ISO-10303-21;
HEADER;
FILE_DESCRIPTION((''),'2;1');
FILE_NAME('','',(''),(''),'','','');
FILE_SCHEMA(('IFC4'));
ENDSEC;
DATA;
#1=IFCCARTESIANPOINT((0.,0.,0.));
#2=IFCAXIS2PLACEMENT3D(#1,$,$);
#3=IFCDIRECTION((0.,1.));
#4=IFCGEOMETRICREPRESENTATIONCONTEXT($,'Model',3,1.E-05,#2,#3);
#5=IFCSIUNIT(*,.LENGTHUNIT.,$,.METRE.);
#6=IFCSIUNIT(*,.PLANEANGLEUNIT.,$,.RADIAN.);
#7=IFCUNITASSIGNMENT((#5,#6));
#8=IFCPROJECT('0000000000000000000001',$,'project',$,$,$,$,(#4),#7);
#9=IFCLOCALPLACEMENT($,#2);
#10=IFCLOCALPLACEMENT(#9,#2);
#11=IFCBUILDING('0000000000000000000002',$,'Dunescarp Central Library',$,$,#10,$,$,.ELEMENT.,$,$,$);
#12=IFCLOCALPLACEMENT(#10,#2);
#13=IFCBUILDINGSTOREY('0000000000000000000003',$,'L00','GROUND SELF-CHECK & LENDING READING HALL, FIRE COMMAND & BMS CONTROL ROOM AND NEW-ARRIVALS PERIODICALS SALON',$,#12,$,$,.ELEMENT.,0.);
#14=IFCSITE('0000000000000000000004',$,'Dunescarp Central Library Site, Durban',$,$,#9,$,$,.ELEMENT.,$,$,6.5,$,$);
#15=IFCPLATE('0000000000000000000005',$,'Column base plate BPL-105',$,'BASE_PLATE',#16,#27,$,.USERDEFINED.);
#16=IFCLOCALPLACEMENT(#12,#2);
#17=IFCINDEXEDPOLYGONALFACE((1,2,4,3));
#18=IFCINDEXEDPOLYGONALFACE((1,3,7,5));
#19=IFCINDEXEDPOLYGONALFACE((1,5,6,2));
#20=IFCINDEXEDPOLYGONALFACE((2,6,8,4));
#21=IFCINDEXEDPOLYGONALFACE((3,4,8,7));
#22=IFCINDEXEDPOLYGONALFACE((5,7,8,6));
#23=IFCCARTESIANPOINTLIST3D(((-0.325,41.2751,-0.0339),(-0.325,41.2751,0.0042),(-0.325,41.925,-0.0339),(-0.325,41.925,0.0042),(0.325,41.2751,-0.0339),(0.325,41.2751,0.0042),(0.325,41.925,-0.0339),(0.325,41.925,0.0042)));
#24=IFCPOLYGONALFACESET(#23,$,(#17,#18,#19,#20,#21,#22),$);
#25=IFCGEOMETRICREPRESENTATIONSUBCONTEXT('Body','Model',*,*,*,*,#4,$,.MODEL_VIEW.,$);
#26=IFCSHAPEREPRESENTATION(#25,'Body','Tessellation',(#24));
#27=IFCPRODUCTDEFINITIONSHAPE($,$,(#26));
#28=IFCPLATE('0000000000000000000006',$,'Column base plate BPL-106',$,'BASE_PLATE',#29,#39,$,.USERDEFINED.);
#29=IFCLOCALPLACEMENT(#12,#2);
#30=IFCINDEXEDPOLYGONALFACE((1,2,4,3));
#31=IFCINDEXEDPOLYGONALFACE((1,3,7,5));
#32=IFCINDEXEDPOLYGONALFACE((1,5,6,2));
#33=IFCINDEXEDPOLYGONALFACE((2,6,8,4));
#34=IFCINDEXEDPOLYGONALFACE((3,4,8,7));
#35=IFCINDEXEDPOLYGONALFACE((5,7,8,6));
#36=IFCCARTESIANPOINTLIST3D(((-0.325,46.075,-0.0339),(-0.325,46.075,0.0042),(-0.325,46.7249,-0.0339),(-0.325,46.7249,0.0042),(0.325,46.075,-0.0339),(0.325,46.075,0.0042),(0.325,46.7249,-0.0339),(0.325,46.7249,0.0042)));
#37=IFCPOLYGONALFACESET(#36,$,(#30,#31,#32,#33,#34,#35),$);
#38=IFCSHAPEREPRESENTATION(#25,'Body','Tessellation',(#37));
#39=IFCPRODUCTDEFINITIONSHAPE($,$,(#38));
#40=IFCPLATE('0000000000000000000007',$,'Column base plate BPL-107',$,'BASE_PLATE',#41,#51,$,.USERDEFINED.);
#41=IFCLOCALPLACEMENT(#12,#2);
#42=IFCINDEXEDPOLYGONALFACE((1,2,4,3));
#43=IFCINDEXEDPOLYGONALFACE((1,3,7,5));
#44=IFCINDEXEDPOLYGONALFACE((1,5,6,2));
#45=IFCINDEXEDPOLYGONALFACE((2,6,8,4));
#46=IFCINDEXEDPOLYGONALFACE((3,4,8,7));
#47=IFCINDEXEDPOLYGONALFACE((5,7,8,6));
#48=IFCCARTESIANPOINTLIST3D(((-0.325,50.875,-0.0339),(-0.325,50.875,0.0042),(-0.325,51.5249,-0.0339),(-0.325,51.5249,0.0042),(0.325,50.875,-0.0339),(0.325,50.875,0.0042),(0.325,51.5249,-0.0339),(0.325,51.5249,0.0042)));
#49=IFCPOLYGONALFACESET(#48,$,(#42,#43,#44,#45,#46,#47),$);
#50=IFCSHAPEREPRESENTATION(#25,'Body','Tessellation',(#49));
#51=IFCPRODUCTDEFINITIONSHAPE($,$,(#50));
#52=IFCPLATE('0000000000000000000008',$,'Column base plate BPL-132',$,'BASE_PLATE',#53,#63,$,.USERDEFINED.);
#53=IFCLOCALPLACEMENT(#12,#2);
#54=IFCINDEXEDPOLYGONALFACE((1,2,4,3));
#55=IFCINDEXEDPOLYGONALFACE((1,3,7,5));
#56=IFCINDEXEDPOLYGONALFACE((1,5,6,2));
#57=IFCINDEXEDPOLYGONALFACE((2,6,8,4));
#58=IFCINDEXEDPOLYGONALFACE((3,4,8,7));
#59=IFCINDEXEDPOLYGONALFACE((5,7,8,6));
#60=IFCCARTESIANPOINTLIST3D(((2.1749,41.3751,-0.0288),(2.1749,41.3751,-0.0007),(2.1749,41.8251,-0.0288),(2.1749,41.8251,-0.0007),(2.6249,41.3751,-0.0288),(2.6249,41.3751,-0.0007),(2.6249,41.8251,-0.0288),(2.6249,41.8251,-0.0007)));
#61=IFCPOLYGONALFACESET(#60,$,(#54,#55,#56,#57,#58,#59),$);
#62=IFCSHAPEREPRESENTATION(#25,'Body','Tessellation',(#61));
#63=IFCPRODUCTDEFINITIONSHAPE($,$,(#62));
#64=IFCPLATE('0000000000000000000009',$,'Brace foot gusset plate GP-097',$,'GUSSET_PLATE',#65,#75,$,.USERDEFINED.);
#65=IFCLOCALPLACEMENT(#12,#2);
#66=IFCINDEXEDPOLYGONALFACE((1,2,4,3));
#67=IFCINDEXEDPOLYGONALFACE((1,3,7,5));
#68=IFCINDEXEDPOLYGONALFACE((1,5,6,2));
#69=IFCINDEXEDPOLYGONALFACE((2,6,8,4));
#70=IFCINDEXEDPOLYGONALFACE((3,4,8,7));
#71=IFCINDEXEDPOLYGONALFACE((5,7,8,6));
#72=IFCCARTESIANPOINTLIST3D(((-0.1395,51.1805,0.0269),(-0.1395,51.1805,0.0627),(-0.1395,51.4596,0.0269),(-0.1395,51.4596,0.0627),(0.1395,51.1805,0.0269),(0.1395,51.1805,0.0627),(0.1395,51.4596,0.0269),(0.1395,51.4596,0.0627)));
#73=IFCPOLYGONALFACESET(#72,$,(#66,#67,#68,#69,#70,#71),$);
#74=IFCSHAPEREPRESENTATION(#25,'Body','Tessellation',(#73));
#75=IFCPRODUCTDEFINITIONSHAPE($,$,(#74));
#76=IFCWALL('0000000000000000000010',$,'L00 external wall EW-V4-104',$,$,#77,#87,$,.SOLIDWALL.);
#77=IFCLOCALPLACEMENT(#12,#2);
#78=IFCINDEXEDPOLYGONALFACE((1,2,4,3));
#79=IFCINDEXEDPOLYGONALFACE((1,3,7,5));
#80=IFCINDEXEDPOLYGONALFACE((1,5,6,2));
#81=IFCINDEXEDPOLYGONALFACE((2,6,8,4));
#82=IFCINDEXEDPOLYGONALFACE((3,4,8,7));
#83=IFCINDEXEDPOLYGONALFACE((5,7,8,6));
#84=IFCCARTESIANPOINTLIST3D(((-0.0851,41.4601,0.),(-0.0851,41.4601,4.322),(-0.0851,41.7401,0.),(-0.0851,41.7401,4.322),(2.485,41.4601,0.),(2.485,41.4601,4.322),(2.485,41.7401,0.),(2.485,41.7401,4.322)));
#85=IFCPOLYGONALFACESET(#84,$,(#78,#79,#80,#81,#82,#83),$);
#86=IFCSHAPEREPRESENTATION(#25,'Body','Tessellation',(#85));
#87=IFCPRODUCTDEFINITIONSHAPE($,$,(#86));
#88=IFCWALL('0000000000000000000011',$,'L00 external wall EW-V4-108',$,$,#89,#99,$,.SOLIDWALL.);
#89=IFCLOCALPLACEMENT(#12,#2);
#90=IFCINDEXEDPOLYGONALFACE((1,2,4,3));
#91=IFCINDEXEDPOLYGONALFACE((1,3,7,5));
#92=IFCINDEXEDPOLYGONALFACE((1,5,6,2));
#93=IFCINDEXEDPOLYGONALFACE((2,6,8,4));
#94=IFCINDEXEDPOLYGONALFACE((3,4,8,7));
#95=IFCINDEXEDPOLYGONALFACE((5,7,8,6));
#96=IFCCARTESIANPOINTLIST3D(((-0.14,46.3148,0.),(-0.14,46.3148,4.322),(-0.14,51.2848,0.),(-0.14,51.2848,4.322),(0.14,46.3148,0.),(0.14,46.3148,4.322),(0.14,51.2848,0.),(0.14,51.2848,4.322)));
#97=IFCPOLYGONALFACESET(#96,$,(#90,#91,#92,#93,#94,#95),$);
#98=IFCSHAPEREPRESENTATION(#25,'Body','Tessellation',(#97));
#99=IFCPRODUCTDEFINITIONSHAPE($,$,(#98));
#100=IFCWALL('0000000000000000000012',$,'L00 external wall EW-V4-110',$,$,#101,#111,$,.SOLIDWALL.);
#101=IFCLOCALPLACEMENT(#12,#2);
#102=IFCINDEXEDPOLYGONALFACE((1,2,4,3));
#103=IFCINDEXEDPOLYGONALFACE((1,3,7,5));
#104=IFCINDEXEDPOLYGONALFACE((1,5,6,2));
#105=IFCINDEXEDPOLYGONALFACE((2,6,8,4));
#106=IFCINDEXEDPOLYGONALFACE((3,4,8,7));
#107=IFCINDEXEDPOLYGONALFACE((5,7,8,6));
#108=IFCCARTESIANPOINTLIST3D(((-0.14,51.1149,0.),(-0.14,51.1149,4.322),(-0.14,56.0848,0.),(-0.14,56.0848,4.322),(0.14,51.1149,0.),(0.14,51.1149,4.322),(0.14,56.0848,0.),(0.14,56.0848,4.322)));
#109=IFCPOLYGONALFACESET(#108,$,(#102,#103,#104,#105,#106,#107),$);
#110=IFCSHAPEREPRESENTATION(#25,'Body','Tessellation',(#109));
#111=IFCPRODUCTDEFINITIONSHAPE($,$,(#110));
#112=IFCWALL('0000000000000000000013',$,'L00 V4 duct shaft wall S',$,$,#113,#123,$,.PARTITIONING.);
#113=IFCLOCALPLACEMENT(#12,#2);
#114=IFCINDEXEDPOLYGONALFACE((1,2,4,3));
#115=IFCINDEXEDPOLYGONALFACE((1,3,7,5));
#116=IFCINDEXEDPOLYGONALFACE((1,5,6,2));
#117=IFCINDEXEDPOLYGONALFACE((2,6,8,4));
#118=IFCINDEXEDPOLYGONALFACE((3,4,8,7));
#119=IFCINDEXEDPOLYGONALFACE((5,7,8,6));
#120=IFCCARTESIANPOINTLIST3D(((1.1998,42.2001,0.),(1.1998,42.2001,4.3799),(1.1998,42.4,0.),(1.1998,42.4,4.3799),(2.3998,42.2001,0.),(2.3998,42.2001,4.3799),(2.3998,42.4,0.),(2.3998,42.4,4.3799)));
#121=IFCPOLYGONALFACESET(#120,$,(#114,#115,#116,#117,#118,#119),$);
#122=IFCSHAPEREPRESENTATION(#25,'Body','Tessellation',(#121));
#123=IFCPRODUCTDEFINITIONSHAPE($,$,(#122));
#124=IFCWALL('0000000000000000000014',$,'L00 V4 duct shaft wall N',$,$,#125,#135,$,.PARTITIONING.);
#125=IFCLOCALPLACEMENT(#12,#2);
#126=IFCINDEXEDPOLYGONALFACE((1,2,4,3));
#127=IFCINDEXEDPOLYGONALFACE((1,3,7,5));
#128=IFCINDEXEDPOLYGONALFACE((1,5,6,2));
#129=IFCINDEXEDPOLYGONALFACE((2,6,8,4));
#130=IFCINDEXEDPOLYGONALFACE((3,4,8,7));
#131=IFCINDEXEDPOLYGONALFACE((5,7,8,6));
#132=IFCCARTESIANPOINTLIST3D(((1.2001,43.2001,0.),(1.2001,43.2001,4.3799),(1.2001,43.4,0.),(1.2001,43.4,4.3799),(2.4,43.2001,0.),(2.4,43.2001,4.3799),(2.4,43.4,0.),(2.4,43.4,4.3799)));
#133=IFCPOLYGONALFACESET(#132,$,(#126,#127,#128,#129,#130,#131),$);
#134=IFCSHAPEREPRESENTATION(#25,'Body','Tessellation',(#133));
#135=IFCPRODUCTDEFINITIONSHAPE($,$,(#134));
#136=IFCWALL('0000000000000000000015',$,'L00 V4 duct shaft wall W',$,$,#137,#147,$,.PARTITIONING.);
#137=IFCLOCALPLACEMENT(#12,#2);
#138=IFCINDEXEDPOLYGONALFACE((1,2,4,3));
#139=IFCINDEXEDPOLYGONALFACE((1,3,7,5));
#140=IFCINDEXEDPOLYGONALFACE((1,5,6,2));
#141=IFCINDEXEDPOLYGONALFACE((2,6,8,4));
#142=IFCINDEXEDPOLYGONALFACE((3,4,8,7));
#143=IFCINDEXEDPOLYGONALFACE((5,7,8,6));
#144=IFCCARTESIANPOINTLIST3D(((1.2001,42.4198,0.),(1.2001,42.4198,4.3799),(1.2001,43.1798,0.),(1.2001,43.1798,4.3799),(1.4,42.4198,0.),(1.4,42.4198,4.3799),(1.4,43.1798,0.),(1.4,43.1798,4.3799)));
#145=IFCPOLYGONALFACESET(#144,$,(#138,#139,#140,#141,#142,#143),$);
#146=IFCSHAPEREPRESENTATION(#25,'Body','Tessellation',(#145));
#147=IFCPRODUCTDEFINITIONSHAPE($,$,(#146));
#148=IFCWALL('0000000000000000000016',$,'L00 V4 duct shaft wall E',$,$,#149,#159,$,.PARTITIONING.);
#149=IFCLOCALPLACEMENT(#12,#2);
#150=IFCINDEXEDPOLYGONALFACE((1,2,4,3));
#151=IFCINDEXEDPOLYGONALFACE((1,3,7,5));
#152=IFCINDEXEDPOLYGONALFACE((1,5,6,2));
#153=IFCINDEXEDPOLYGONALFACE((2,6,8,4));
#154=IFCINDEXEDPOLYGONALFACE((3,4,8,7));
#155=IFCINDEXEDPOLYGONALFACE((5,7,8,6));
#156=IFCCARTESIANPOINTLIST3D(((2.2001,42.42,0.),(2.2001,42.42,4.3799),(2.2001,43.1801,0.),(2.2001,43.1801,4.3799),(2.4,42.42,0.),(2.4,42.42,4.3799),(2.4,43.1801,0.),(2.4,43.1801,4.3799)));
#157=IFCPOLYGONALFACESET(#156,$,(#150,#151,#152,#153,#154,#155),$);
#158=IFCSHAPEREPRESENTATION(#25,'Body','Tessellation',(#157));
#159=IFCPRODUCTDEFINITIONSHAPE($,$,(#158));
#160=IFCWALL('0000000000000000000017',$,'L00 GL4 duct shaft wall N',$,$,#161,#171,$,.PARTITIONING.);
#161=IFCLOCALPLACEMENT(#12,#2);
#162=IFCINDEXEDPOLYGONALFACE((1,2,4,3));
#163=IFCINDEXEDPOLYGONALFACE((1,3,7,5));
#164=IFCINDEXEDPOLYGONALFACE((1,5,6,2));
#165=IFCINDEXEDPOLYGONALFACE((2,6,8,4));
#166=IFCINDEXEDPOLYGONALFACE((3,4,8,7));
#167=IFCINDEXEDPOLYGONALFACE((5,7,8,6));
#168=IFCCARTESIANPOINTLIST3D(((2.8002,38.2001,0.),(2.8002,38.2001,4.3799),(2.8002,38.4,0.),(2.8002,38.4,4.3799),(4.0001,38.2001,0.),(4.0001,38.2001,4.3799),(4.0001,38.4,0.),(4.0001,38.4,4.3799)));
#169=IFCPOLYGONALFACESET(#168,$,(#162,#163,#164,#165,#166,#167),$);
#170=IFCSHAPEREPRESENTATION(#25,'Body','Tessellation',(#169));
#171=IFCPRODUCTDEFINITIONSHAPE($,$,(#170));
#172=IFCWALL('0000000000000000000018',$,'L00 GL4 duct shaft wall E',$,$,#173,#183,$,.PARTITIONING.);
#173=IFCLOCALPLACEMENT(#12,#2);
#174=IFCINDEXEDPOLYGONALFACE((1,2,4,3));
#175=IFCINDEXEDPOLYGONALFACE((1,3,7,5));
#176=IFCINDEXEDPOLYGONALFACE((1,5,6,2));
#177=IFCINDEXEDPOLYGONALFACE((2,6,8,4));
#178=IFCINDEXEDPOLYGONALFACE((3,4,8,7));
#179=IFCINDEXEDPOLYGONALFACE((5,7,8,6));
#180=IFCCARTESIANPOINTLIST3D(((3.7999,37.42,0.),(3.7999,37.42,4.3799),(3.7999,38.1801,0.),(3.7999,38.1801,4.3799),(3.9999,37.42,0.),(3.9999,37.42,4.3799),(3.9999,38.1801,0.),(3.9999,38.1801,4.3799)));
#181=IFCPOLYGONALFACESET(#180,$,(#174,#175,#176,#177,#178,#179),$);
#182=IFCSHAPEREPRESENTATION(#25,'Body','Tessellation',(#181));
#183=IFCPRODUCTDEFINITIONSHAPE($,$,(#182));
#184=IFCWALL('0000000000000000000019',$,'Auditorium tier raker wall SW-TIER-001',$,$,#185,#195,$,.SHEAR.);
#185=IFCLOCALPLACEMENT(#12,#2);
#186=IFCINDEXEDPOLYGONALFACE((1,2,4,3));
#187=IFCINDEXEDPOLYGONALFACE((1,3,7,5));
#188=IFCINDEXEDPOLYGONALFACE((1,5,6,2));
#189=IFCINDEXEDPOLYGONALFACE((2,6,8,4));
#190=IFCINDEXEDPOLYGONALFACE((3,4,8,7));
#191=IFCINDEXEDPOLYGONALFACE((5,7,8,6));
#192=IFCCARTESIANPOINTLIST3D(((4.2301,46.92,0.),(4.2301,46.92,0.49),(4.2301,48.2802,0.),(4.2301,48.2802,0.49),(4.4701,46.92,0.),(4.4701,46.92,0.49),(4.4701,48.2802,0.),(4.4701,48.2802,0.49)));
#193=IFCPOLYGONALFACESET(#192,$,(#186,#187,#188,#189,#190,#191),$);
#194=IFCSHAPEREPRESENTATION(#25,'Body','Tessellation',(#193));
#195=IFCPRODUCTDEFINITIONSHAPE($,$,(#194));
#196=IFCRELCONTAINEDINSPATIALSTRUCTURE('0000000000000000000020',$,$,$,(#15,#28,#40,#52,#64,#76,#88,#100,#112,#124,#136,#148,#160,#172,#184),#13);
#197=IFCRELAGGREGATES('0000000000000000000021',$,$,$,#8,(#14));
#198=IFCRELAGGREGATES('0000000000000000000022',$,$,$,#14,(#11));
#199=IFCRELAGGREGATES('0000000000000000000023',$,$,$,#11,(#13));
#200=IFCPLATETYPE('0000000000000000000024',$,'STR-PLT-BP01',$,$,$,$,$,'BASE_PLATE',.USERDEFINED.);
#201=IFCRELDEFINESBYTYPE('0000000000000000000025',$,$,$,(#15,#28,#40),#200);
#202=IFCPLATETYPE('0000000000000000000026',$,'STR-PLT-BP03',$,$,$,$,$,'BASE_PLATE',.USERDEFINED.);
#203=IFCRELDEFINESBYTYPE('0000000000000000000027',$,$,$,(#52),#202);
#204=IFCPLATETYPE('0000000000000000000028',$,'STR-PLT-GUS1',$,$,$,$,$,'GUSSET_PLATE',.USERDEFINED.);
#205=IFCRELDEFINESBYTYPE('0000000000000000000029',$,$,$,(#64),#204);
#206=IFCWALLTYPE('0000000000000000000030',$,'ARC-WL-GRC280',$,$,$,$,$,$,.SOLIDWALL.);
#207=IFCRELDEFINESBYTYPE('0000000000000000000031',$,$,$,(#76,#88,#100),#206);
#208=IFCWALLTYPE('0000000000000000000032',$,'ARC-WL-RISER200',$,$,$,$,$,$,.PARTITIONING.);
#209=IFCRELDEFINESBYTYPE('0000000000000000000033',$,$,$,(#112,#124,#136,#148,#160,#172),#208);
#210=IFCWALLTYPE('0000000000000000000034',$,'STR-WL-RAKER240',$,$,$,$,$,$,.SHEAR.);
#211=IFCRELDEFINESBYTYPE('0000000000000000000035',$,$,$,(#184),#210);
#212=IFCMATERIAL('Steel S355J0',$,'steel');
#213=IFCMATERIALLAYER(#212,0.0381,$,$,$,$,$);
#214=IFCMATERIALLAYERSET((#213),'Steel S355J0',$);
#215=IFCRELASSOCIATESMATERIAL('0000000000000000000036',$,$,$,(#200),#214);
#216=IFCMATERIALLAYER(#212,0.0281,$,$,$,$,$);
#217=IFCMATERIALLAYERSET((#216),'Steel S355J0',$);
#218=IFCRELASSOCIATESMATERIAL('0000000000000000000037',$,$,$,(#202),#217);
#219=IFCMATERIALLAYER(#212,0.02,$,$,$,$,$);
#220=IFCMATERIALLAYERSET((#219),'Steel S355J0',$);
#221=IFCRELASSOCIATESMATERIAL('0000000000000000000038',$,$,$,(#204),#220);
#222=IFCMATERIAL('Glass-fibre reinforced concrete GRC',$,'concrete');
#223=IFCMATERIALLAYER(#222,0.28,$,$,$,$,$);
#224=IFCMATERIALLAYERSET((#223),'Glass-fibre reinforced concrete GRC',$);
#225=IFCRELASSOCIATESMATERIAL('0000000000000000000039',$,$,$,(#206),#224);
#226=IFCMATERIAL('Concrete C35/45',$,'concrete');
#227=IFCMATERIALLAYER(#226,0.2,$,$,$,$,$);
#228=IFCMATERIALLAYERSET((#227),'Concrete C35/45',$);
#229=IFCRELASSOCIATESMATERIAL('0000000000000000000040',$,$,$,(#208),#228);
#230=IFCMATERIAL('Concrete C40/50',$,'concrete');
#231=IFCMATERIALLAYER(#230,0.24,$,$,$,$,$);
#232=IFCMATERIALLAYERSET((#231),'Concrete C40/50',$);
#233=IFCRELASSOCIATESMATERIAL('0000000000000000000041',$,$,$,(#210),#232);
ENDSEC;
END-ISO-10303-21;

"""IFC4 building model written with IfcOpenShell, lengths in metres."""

from ifc_helpers import new_model, si_unit, direction, frame, frame_2d, origin, origin_2d, place, context, subcontext, project, spatial, rectangle, extrude, material, layer, layer_set, type_object, element, save


model = new_model("IFC4")

# Units and contexts
model_context = context("Model", 3, precision=1e-05, world=origin(), true_north=direction((0.0, 1.0)))
body_context = subcontext(model_context, "Body", "Model", "MODEL_VIEW")
ifc_project = project(units=[si_unit("LENGTHUNIT", "METRE"), si_unit("PLANEANGLEUNIT", "RADIAN")], contexts=[model_context])

# Site, building, storey
site_placement = place(None, origin())
site = spatial("IfcSite", under=ifc_project, at=site_placement, Name="Dunescarp Central Library Site, Durban", CompositionType="ELEMENT", RefElevation=6.5)
building_placement = place(site_placement, origin())
building = spatial("IfcBuilding", under=site, at=building_placement, Name="Dunescarp Central Library", CompositionType="ELEMENT")
storey_placement = place(building_placement, origin())
storey = spatial("IfcBuildingStorey", under=building, at=storey_placement, Name="L00", Description="GROUND SELF-CHECK & LENDING READING HALL, FIRE COMMAND & BMS CONTROL ROOM AND NEW-ARRIVALS PERIODICALS SALON", CompositionType="ELEMENT", Elevation=0.0)

# Shared definitions
ifc_material_1 = material(Name="Concrete C35/45", Category="concrete")
ifc_material_2 = material(Name="Concrete C40/50", Category="concrete")

# Shared definitions
ifc_material_3 = material(Name="Steel S355J0", Category="steel")

# Plates
ifc_layer_1 = layer(ifc_material_3, 0.0381)
ifc_layer_set_1 = layer_set([ifc_layer_1], Name="Steel S355J0")
plate_type_1 = type_object("IfcPlateType", Name="STR-PLT-BP01", ElementType="BASE_PLATE", PredefinedType="USERDEFINED", material=ifc_layer_set_1)
for number, where, z_axis, x_axis, name in (
    (1, (0.0, 41.6001, -0.0339), (0.0, 0.0, 1.0), (1.0, 0.0, 0.0), "Column base plate BPL-105"),
    (2, (0.0, 46.3999, -0.0339), (0.0, 0.0, 1.0), (1.0, 0.0, 0.0), "Column base plate BPL-106"),
    (3, (0.0, 51.2, -0.0339), (0.0, 0.0, 1.0), (1.0, 0.0, 0.0), "Column base plate BPL-107"),
):
    element("IfcPlate", number, at=place(storey_placement, frame(where, z_axis=z_axis, x_axis=x_axis)), inside=storey, type_object=plate_type_1, Name=name, ObjectType="BASE_PLATE", PredefinedType="USERDEFINED", context=body_context, shape_type="SweptSolid", body=[
        extrude(rectangle(XDim=0.6499, YDim=0.6499, at=origin_2d()), origin(), (0.0, 0.0, 1.0), 0.0381),
    ])
ifc_layer_2 = layer(ifc_material_3, 0.0281)
ifc_layer_set_2 = layer_set([ifc_layer_2], Name="Steel S355J0")
plate_type_2 = type_object("IfcPlateType", Name="STR-PLT-BP03", ElementType="BASE_PLATE", PredefinedType="USERDEFINED", material=ifc_layer_set_2)
plate_1_placement = place(storey_placement, frame((2.3999, 41.6001, -0.0288), z_axis=(0.0, 0.0, 1.0), x_axis=(1.0, 0.0, 0.0)))
element("IfcPlate", 4, at=plate_1_placement, inside=storey, type_object=plate_type_2, Name="Column base plate BPL-132", ObjectType="BASE_PLATE", PredefinedType="USERDEFINED", context=body_context, shape_type="SweptSolid", body=[
    extrude(rectangle(XDim=0.45, YDim=0.45, at=origin_2d()), origin(), (0.0, 0.0, 1.0), 0.0281),
])
ifc_layer_3 = layer(ifc_material_3, 0.02)
ifc_layer_set_3 = layer_set([ifc_layer_3], Name="Steel S355J0")
plate_type_3 = type_object("IfcPlateType", Name="STR-PLT-GUS1", ElementType="GUSSET_PLATE", PredefinedType="USERDEFINED", material=ifc_layer_set_3)
plate_2_placement = place(storey_placement, frame((0.0, 51.3201, 0.0269), z_axis=(0.0, 0.0, 1.0), x_axis=(1.0, 0.0, 0.0)))
element("IfcPlate", 5, at=plate_2_placement, inside=storey, type_object=plate_type_3, Name="Brace foot gusset plate GP-097", ObjectType="GUSSET_PLATE", PredefinedType="USERDEFINED", context=body_context, shape_type="SweptSolid", body=[
    extrude(rectangle(XDim=0.2791, YDim=0.2791, at=origin_2d()), origin(), (0.0, 0.0, 1.0), 0.0359),
])

# Wall
ifc_material_4 = material(Name="Glass-fibre reinforced concrete GRC", Category="concrete")
ifc_layer_4 = layer(ifc_material_4, 0.28)
ifc_layer_set_4 = layer_set([ifc_layer_4], Name="Glass-fibre reinforced concrete GRC")
wall_type_1 = type_object("IfcWallType", Name="ARC-WL-GRC280", PredefinedType="SOLIDWALL", material=ifc_layer_set_4)
wall_1_placement = place(storey_placement, frame((2.4851, 41.6001, 0.0), z_axis=(0.0, 0.0, 1.0), x_axis=(-1.0, 0.0, 0.0)))
element("IfcWall", 6, at=wall_1_placement, inside=storey, type_object=wall_type_1, Name="L00 external wall EW-V4-104", PredefinedType="SOLIDWALL", context=body_context, shape_type="SweptSolid", body=[
    extrude(rectangle(XDim=2.5701, YDim=0.28, at=frame_2d((1.2852, 0.0))), origin(), (0.0, 0.0, 1.0), 4.322),
])

# Walls
for number, where, z_axis, x_axis, name in (
    (7, (0.0, 46.3149, 0.0), (0.0, 0.0, 1.0), (0.0, 1.0, 0.0), "L00 external wall EW-V4-108"),
    (8, (0.0, 51.115, 0.0), (0.0, 0.0, 1.0), (0.0, 1.0, 0.0), "L00 external wall EW-V4-110"),
):
    element("IfcWall", number, at=place(storey_placement, frame(where, z_axis=z_axis, x_axis=x_axis)), inside=storey, type_object=wall_type_1, Name=name, PredefinedType="SOLIDWALL", context=body_context, shape_type="SweptSolid", body=[
        extrude(rectangle(XDim=4.97, YDim=0.28, at=frame_2d((2.4849, 0.0))), origin(), (0.0, 0.0, 1.0), 4.322),
    ])
ifc_layer_5 = layer(ifc_material_1, 0.2)
ifc_layer_set_5 = layer_set([ifc_layer_5], Name="Concrete C35/45")
wall_type_2 = type_object("IfcWallType", Name="ARC-WL-RISER200", PredefinedType="PARTITIONING", material=ifc_layer_set_5)
for number, where, z_axis, x_axis, name in (
    (9, (2.3999, 42.3, 0.0), (0.0, 0.0, 1.0), (-1.0, 0.0, 0.0), "L00 V4 duct shaft wall S"),
    (10, (1.2, 43.3, 0.0), (0.0, 0.0, 1.0), (1.0, 0.0, 0.0), "L00 V4 duct shaft wall N"),
):
    element("IfcWall", number, at=place(storey_placement, frame(where, z_axis=z_axis, x_axis=x_axis)), inside=storey, type_object=wall_type_2, Name=name, PredefinedType="PARTITIONING", context=body_context, shape_type="SweptSolid", body=[
        extrude(rectangle(XDim=1.2, YDim=0.2, at=frame_2d((0.6001, 0.0))), origin(), (0.0, 0.0, 1.0), 4.3799),
    ])
for number, where, z_axis, x_axis, name in (
    (11, (1.3, 42.4199, 0.0), (0.0, 0.0, 1.0), (0.0, 1.0, 0.0), "L00 V4 duct shaft wall W"),
    (12, (2.3, 43.1799, 0.0), (0.0, 0.0, 1.0), (0.0, -1.0, 0.0), "L00 V4 duct shaft wall E"),
):
    element("IfcWall", number, at=place(storey_placement, frame(where, z_axis=z_axis, x_axis=x_axis)), inside=storey, type_object=wall_type_2, Name=name, PredefinedType="PARTITIONING", context=body_context, shape_type="SweptSolid", body=[
        extrude(rectangle(XDim=0.76, YDim=0.2, at=frame_2d((0.3799, 0.0))), origin(), (0.0, 0.0, 1.0), 4.3799),
    ])
wall_2_placement = place(storey_placement, frame((2.8, 38.3, 0.0), z_axis=(0.0, 0.0, 1.0), x_axis=(1.0, 0.0, 0.0)))
element("IfcWall", 13, at=wall_2_placement, inside=storey, type_object=wall_type_2, Name="L00 GL4 duct shaft wall N", PredefinedType="PARTITIONING", context=body_context, shape_type="SweptSolid", body=[
    extrude(rectangle(XDim=1.2, YDim=0.2, at=frame_2d((0.6001, 0.0))), origin(), (0.0, 0.0, 1.0), 4.3799),
])
wall_3_placement = place(storey_placement, frame((3.8999, 38.1799, 0.0), z_axis=(0.0, 0.0, 1.0), x_axis=(0.0, -1.0, 0.0)))
element("IfcWall", 14, at=wall_3_placement, inside=storey, type_object=wall_type_2, Name="L00 GL4 duct shaft wall E", PredefinedType="PARTITIONING", context=body_context, shape_type="SweptSolid", body=[
    extrude(rectangle(XDim=0.76, YDim=0.2, at=frame_2d((0.3799, 0.0))), origin(), (0.0, 0.0, 1.0), 4.3799),
])
ifc_layer_6 = layer(ifc_material_2, 0.24)
ifc_layer_set_6 = layer_set([ifc_layer_6], Name="Concrete C40/50")
wall_type_3 = type_object("IfcWallType", Name="STR-WL-RAKER240", PredefinedType="SHEAR", material=ifc_layer_set_6)
wall_4_placement = place(storey_placement, frame((4.3501, 46.9199, 0.0), z_axis=(0.0, 0.0, 1.0), x_axis=(0.0, 1.0, 0.0)))
element("IfcWall", 15, at=wall_4_placement, inside=storey, type_object=wall_type_3, Name="Auditorium tier raker wall SW-TIER-001", PredefinedType="SHEAR", context=body_context, shape_type="SweptSolid", body=[
    extrude(rectangle(XDim=1.3601, YDim=0.24, at=frame_2d((0.6802, 0.0))), origin(), (0.0, 0.0, 1.0), 0.49),
])

save(model, "model.ifc")
